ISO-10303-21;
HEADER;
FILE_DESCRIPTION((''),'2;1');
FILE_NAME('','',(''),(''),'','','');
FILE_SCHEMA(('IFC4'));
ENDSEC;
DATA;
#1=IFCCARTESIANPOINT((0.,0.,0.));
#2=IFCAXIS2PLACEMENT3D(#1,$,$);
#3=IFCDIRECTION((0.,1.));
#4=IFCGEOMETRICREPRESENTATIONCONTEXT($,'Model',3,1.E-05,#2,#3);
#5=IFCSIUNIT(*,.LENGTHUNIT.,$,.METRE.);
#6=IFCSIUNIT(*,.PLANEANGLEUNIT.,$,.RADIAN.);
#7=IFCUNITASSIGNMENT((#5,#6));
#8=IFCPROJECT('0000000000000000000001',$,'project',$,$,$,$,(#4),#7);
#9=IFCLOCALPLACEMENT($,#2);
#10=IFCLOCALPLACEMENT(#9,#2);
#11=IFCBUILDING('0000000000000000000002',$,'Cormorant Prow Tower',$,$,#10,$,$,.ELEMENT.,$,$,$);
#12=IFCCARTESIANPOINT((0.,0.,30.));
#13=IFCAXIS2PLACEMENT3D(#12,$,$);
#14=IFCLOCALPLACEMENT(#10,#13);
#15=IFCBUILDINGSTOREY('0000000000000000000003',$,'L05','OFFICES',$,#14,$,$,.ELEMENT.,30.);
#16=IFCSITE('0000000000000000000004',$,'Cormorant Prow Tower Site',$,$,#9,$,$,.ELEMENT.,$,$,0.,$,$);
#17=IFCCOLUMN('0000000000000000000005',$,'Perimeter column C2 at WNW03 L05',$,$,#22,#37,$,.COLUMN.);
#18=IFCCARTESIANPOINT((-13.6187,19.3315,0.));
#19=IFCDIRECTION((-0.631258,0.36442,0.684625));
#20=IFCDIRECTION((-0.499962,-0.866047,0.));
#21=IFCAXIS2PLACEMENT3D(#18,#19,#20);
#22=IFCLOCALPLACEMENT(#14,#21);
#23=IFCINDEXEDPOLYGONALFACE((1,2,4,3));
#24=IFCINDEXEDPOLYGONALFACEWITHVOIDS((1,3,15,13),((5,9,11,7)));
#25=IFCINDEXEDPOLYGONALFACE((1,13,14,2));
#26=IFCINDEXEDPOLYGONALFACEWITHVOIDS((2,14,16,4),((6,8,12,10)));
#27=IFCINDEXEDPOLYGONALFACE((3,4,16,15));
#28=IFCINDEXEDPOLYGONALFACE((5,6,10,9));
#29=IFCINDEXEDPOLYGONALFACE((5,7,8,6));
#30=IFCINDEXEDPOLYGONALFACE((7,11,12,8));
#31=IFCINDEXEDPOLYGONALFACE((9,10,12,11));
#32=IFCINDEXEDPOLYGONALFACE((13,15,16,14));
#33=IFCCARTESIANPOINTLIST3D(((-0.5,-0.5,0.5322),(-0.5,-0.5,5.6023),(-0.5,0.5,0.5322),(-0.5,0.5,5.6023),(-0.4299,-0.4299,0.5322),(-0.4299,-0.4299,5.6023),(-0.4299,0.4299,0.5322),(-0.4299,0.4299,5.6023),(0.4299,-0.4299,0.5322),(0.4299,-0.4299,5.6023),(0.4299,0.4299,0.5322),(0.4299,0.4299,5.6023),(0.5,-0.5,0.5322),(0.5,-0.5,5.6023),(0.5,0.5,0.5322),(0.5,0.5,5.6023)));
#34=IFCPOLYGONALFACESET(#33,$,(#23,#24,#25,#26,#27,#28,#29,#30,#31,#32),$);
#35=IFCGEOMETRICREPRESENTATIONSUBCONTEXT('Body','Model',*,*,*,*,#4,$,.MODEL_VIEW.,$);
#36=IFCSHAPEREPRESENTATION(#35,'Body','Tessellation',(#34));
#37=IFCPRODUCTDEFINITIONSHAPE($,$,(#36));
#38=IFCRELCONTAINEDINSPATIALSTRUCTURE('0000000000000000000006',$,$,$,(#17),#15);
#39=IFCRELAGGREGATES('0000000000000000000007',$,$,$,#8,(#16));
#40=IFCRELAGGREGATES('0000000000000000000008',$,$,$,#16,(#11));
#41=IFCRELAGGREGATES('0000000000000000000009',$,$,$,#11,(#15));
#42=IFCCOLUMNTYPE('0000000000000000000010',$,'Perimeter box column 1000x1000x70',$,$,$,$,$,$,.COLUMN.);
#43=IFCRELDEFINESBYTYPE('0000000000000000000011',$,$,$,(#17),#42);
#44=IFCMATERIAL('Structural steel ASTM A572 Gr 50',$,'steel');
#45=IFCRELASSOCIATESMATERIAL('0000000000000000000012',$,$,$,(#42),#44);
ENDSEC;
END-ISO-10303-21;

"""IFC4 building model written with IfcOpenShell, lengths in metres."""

from ifc_helpers import new_model, si_unit, direction, frame, origin, origin_2d, place, context, subcontext, project, spatial, hollow_rectangle, extrude, material, material_profile, profile_set, type_object, element, save


model = new_model("IFC4")

# Units and contexts
model_context = context("Model", 3, precision=1e-05, world=origin(), true_north=direction((0.0, 1.0)))
body_context = subcontext(model_context, "Body", "Model", "MODEL_VIEW")
ifc_project = project(units=[si_unit("LENGTHUNIT", "METRE"), si_unit("PLANEANGLEUNIT", "RADIAN")], contexts=[model_context])

# Site, building, storey
site_placement = place(None, origin())
site = spatial("IfcSite", under=ifc_project, at=site_placement, Name="Cormorant Prow Tower Site", CompositionType="ELEMENT", RefElevation=0.0)
building_placement = place(site_placement, origin())
building = spatial("IfcBuilding", under=site, at=building_placement, Name="Cormorant Prow Tower", CompositionType="ELEMENT")
storey_placement = place(building_placement, frame((0.0, 0.0, 30.0)))
storey = spatial("IfcBuildingStorey", under=building, at=storey_placement, Name="L05", Description="OFFICES", CompositionType="ELEMENT", Elevation=30.0)

# Column
ifc_material_1 = material(Name="Structural steel ASTM A572 Gr 50", Category="steel")
ifc_material_profile_1 = material_profile(ifc_material_1, hollow_rectangle(XDim=1.0, YDim=1.0, WallThickness=0.0701, at=origin_2d()), Name="Box 1000x1000x70")
ifc_profile_set_1 = profile_set([ifc_material_profile_1], Name="Structural steel ASTM A572 Gr 50")
column_type = type_object("IfcColumnType", Name="Perimeter box column 1000x1000x70", PredefinedType="COLUMN", material=ifc_profile_set_1)
column_1_placement = place(storey_placement, frame((-13.6187, 19.3315, 0.0), z_axis=(-0.631258, 0.36442, 0.684625), x_axis=(-0.499962, -0.866047, 0.0)))
element("IfcColumn", 1, at=column_1_placement, inside=storey, type_object=column_type, Name="Perimeter column C2 at WNW03 L05", PredefinedType="COLUMN", context=body_context, shape_type="SweptSolid", body=[
    extrude(hollow_rectangle(XDim=1.0, YDim=1.0, WallThickness=0.0701, at=origin_2d()), frame((0.0, 0.0, 0.5322)), (0.0, 0.0, 1.0), 5.0701),
])

save(model, "model.ifc")
